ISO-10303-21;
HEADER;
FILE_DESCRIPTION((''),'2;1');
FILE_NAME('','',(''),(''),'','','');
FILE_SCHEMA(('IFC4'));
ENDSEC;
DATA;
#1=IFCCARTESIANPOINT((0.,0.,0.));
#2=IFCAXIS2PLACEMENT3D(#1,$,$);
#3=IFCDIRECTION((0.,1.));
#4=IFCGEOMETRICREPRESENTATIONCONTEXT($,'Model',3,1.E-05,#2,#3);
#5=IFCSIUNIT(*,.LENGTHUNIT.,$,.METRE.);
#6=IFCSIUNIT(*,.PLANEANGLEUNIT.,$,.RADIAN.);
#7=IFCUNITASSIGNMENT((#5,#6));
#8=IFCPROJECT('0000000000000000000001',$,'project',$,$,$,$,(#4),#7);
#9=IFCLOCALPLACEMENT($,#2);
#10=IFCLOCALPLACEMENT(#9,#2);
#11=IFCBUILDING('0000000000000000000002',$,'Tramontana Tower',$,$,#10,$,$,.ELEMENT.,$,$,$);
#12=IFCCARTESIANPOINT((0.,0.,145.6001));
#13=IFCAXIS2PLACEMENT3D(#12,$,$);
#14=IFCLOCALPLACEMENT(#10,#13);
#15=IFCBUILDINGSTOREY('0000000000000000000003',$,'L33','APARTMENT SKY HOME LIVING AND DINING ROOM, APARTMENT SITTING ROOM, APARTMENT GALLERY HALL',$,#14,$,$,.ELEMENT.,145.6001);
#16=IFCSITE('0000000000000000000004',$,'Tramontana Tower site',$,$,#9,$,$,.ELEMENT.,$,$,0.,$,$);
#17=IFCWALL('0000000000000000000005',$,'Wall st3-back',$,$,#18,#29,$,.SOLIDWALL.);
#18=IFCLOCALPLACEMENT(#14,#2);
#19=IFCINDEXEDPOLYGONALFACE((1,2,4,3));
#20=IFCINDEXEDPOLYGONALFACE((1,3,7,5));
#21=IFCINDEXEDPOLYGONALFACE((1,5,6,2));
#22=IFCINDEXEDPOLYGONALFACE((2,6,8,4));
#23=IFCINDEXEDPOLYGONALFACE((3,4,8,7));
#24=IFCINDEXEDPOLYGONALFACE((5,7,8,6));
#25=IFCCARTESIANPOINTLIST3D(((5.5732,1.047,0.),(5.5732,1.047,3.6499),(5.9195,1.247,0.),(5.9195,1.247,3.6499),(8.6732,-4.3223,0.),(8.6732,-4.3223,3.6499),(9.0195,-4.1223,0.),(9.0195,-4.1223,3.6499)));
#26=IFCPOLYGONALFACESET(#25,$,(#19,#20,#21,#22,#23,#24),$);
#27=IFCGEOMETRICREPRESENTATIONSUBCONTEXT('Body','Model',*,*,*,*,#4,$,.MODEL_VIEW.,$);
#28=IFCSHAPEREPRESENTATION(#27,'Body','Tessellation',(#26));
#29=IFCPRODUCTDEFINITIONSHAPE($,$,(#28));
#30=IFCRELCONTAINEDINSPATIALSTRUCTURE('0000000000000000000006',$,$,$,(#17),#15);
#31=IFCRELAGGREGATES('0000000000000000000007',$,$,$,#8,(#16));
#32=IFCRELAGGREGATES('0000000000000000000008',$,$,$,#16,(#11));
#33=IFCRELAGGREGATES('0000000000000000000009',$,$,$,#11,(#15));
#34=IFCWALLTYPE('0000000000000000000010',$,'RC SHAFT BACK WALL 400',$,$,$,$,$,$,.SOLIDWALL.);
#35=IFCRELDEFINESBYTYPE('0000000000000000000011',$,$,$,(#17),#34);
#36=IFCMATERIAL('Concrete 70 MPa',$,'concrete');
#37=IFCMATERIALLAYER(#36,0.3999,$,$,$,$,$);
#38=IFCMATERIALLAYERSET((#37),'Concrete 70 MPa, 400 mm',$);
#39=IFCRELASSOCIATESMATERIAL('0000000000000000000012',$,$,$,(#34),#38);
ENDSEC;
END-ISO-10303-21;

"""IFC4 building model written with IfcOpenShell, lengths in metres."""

from ifc_helpers import new_model, si_unit, direction, frame, frame_2d, origin, place, context, subcontext, project, spatial, rectangle, extrude, material, layer, layer_set, type_object, element, save


model = new_model("IFC4")

# Units and contexts
model_context = context("Model", 3, precision=1e-05, world=origin(), true_north=direction((0.0, 1.0)))
body_context = subcontext(model_context, "Body", "Model", "MODEL_VIEW")
ifc_project = project(units=[si_unit("LENGTHUNIT", "METRE"), si_unit("PLANEANGLEUNIT", "RADIAN")], contexts=[model_context])

# Site, building, storey
site_placement = place(None, origin())
site = spatial("IfcSite", under=ifc_project, at=site_placement, Name="Tramontana Tower site", CompositionType="ELEMENT", RefElevation=0.0)
building_placement = place(site_placement, origin())
building = spatial("IfcBuilding", under=site, at=building_placement, Name="Tramontana Tower", CompositionType="ELEMENT")
storey_placement = place(building_placement, frame((0.0, 0.0, 145.6001)))
storey = spatial("IfcBuildingStorey", under=building, at=storey_placement, Name="L33", Description="APARTMENT SKY HOME LIVING AND DINING ROOM, APARTMENT SITTING ROOM, APARTMENT GALLERY HALL", CompositionType="ELEMENT", Elevation=145.6001)

# Wall
ifc_material_1 = material(Name="Concrete 70 MPa", Category="concrete")
ifc_layer_1 = layer(ifc_material_1, 0.3999)
ifc_layer_set_1 = layer_set([ifc_layer_1], Name="Concrete 70 MPa, 400 mm")
wall_type_1 = type_object("IfcWallType", Name="RC SHAFT BACK WALL 400", PredefinedType="SOLIDWALL", material=ifc_layer_set_1)
wall_1_placement = place(storey_placement, frame((8.8464, -4.2224, 0.0), z_axis=(0.0, 0.0, 1.0), x_axis=(-0.50001, 0.86602, 0.0)))
element("IfcWall", 1, at=wall_1_placement, inside=storey, type_object=wall_type_1, Name="Wall st3-back", PredefinedType="SOLIDWALL", context=body_context, shape_type="SweptSolid", body=[
    extrude(rectangle(XDim=6.2, YDim=0.3999, at=frame_2d((3.1001, 0.0))), origin(), (0.0, 0.0, 1.0), 3.6499),
])

save(model, "model.ifc")
